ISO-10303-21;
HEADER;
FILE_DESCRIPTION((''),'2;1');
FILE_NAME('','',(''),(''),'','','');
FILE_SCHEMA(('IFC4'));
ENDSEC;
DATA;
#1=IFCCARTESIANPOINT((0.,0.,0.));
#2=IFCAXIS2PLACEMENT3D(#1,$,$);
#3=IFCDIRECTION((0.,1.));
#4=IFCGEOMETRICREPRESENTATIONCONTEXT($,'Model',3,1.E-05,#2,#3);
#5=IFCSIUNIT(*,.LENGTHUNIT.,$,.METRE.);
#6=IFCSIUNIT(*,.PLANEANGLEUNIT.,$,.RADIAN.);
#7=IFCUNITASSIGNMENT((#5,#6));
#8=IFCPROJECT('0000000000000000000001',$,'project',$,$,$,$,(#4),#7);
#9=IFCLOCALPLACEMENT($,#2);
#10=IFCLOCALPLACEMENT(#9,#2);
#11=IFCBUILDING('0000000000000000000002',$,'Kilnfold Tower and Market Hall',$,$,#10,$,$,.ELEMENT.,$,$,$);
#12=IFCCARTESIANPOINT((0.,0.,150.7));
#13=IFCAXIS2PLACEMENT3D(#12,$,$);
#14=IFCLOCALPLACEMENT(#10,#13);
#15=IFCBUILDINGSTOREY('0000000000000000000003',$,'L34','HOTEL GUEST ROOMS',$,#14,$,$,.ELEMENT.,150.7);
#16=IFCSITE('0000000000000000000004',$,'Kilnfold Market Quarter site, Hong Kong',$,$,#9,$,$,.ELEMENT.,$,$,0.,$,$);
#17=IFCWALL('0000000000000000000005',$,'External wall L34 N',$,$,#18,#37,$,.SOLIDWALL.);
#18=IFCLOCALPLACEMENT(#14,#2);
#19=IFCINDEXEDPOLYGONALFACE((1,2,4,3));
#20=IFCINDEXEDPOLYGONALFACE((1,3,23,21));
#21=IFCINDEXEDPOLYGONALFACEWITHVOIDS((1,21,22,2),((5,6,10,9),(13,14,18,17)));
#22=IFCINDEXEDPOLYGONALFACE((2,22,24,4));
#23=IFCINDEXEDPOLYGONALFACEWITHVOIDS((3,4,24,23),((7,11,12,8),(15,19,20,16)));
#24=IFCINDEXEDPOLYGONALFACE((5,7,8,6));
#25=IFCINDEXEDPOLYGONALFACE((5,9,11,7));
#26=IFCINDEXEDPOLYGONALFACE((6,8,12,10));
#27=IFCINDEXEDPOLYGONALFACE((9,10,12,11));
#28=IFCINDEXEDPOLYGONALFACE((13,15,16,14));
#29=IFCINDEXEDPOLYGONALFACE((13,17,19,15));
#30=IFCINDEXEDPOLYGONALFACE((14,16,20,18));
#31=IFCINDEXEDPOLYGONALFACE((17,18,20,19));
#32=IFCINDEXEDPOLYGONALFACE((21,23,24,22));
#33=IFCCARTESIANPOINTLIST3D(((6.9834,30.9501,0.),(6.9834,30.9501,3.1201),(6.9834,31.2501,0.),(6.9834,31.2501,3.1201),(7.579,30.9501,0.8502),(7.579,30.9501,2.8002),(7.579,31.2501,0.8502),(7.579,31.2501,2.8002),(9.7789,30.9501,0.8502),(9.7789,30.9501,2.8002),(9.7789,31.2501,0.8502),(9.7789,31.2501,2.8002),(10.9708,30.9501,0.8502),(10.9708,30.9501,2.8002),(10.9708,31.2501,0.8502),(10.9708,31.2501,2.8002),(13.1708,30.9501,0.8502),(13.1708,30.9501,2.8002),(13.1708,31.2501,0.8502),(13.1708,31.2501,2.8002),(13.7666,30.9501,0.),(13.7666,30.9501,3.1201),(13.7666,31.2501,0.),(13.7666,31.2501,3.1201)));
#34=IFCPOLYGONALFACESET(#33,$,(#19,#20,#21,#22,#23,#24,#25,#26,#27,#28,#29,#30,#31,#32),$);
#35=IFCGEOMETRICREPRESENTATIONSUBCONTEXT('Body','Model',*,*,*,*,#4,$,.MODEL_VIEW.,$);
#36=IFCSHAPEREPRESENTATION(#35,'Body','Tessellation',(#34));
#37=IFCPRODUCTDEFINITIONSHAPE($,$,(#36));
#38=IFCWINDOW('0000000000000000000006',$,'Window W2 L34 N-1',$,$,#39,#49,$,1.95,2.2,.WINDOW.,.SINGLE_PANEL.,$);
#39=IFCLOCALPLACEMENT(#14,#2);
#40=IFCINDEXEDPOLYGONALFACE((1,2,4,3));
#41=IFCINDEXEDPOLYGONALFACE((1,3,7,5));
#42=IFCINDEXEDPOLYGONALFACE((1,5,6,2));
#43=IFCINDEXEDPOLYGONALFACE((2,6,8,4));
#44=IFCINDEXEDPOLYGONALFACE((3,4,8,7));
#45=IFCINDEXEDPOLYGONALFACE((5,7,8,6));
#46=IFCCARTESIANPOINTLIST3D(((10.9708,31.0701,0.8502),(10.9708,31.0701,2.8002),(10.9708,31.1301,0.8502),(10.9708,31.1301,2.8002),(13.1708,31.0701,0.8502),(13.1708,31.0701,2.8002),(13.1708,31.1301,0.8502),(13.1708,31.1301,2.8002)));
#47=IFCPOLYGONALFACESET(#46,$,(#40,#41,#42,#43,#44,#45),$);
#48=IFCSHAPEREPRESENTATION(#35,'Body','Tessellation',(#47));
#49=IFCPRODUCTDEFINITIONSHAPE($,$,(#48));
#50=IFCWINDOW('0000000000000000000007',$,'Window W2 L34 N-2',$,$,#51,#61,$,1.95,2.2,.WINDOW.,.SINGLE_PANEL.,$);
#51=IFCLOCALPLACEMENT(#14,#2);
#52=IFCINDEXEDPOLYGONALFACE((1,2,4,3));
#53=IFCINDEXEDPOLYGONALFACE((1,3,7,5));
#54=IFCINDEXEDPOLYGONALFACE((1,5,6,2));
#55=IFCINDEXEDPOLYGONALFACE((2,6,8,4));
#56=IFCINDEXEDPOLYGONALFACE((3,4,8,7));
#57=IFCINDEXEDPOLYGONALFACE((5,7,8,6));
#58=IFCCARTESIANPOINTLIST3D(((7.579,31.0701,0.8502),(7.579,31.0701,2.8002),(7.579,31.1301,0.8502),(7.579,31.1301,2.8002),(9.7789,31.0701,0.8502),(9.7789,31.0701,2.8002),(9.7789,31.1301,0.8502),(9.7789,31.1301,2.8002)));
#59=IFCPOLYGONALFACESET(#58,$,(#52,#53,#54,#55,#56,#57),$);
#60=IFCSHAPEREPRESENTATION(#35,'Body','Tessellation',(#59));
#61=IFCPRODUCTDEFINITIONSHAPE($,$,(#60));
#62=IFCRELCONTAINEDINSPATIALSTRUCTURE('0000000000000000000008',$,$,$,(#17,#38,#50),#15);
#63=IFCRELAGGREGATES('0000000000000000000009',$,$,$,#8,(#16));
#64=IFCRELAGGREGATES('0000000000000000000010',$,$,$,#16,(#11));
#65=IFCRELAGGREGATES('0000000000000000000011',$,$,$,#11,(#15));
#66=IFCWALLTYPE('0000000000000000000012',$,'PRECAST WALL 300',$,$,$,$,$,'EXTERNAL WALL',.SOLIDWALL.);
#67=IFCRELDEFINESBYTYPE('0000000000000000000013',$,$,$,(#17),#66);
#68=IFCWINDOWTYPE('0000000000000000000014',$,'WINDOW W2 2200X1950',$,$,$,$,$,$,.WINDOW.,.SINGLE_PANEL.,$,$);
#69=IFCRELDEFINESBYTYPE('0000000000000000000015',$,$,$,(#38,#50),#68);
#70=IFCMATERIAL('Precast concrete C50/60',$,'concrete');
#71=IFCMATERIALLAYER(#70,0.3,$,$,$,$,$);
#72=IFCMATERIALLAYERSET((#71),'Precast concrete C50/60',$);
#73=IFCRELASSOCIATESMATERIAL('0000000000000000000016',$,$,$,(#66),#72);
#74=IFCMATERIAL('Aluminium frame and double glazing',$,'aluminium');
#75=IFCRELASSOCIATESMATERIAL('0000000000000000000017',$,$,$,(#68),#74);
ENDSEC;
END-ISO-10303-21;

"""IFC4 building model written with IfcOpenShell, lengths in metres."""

from ifc_helpers import new_model, si_unit, direction, frame, frame_2d, origin, place, context, subcontext, project, spatial, rectangle, extrude, source, transform, mapped, material, layer, layer_set, type_object, element, fill, save


model = new_model("IFC4")

# Units and contexts
model_context = context("Model", 3, precision=1e-05, world=origin(), true_north=direction((0.0, 1.0)))
body_context = subcontext(model_context, "Body", "Model", "MODEL_VIEW")
ifc_project = project(units=[si_unit("LENGTHUNIT", "METRE"), si_unit("PLANEANGLEUNIT", "RADIAN")], contexts=[model_context])

# Site, building, storey
site_placement = place(None, origin())
site = spatial("IfcSite", under=ifc_project, at=site_placement, Name="Kilnfold Market Quarter site, Hong Kong", CompositionType="ELEMENT", RefElevation=0.0)
building_placement = place(site_placement, origin())
building = spatial("IfcBuilding", under=site, at=building_placement, Name="Kilnfold Tower and Market Hall", CompositionType="ELEMENT")
storey_placement = place(building_placement, frame((0.0, 0.0, 150.7)))
storey = spatial("IfcBuildingStorey", under=building, at=storey_placement, Name="L34", Description="HOTEL GUEST ROOMS", CompositionType="ELEMENT", Elevation=150.7)

# Wall, openings, windows
ifc_material_1 = material(Name="Precast concrete C50/60", Category="concrete")
ifc_layer_1 = layer(ifc_material_1, 0.3)
ifc_layer_set_1 = layer_set([ifc_layer_1], Name="Precast concrete C50/60")
wall_type_1 = type_object("IfcWallType", Name="PRECAST WALL 300", ElementType="EXTERNAL WALL", PredefinedType="SOLIDWALL", material=ifc_layer_set_1)
shared_shape_1 = source(origin(), body_context, "Body", "SweptSolid", [
    extrude(rectangle(XDim=6.7832, YDim=0.3, at=frame_2d((3.3916, 0.0))), origin(), (0.0, 0.0, 1.0), 3.1201),
])
wall_1_placement = place(storey_placement, frame((13.7666, 31.1001, 0.0), z_axis=(0.0, 0.0, 1.0), x_axis=(-1.0, 0.0, 0.0)))
wall_1 = element("IfcWall", 1, at=wall_1_placement, inside=storey, type_object=wall_type_1, Name="External wall L34 N", PredefinedType="SOLIDWALL", context=body_context, shape_type="MappedRepresentation", body=[
    mapped(shared_shape_1, transform((0.0, 0.0, 0.0))),
])
opening_1_placement = place(wall_1_placement, frame((0.5957, 0.0, 0.8501)))
opening_1 = element("IfcOpeningElement", 2, at=opening_1_placement, cuts=wall_1, PredefinedType="OPENING", context=body_context, shape_type="SweptSolid", body=[
    extrude(rectangle(XDim=2.2, YDim=1.95, at=frame_2d((1.1001, 0.9751))), frame((0.0, 0.1602, 0.0), z_axis=(0.0, -1.0, 0.0), x_axis=(1.0, 0.0, 0.0)), (0.0, 0.0, 1.0), 0.3201),
])
opening_2_placement = place(wall_1_placement, frame((3.9875, 0.0, 0.8501)))
opening_2 = element("IfcOpeningElement", 3, at=opening_2_placement, cuts=wall_1, PredefinedType="OPENING", context=body_context, shape_type="SweptSolid", body=[
    extrude(rectangle(XDim=2.2, YDim=1.95, at=frame_2d((1.1001, 0.9751))), frame((0.0, 0.1602, 0.0), z_axis=(0.0, -1.0, 0.0), x_axis=(1.0, 0.0, 0.0)), (0.0, 0.0, 1.0), 0.3201),
])
ifc_material_2 = material(Name="Aluminium frame and double glazing", Category="aluminium")
window_type = type_object("IfcWindowType", Name="WINDOW W2 2200X1950", PartitioningType="SINGLE_PANEL", PredefinedType="WINDOW", material=ifc_material_2)
window_1_placement = place(opening_1_placement, origin())
window_1 = element("IfcWindow", 4, at=window_1_placement, inside=storey, type_object=window_type, Name="Window W2 L34 N-1", OverallHeight=1.95, OverallWidth=2.2, PartitioningType="SINGLE_PANEL", PredefinedType="WINDOW", context=body_context, shape_type="SweptSolid", body=[
    extrude(rectangle(XDim=2.2, YDim=1.95, at=frame_2d((1.1001, 0.9751))), frame((0.0, 0.03, 0.0), z_axis=(0.0, -1.0, 0.0), x_axis=(1.0, 0.0, 0.0)), (0.0, 0.0, 1.0), 0.0601),
])
fill(opening_1, window_1)
window_2_placement = place(opening_2_placement, origin())
window_2 = element("IfcWindow", 5, at=window_2_placement, inside=storey, type_object=window_type, Name="Window W2 L34 N-2", OverallHeight=1.95, OverallWidth=2.2, PartitioningType="SINGLE_PANEL", PredefinedType="WINDOW", context=body_context, shape_type="SweptSolid", body=[
    extrude(rectangle(XDim=2.2, YDim=1.95, at=frame_2d((1.1001, 0.9751))), frame((0.0, 0.03, 0.0), z_axis=(0.0, -1.0, 0.0), x_axis=(1.0, 0.0, 0.0)), (0.0, 0.0, 1.0), 0.0601),
])
fill(opening_2, window_2)

save(model, "model.ifc")
